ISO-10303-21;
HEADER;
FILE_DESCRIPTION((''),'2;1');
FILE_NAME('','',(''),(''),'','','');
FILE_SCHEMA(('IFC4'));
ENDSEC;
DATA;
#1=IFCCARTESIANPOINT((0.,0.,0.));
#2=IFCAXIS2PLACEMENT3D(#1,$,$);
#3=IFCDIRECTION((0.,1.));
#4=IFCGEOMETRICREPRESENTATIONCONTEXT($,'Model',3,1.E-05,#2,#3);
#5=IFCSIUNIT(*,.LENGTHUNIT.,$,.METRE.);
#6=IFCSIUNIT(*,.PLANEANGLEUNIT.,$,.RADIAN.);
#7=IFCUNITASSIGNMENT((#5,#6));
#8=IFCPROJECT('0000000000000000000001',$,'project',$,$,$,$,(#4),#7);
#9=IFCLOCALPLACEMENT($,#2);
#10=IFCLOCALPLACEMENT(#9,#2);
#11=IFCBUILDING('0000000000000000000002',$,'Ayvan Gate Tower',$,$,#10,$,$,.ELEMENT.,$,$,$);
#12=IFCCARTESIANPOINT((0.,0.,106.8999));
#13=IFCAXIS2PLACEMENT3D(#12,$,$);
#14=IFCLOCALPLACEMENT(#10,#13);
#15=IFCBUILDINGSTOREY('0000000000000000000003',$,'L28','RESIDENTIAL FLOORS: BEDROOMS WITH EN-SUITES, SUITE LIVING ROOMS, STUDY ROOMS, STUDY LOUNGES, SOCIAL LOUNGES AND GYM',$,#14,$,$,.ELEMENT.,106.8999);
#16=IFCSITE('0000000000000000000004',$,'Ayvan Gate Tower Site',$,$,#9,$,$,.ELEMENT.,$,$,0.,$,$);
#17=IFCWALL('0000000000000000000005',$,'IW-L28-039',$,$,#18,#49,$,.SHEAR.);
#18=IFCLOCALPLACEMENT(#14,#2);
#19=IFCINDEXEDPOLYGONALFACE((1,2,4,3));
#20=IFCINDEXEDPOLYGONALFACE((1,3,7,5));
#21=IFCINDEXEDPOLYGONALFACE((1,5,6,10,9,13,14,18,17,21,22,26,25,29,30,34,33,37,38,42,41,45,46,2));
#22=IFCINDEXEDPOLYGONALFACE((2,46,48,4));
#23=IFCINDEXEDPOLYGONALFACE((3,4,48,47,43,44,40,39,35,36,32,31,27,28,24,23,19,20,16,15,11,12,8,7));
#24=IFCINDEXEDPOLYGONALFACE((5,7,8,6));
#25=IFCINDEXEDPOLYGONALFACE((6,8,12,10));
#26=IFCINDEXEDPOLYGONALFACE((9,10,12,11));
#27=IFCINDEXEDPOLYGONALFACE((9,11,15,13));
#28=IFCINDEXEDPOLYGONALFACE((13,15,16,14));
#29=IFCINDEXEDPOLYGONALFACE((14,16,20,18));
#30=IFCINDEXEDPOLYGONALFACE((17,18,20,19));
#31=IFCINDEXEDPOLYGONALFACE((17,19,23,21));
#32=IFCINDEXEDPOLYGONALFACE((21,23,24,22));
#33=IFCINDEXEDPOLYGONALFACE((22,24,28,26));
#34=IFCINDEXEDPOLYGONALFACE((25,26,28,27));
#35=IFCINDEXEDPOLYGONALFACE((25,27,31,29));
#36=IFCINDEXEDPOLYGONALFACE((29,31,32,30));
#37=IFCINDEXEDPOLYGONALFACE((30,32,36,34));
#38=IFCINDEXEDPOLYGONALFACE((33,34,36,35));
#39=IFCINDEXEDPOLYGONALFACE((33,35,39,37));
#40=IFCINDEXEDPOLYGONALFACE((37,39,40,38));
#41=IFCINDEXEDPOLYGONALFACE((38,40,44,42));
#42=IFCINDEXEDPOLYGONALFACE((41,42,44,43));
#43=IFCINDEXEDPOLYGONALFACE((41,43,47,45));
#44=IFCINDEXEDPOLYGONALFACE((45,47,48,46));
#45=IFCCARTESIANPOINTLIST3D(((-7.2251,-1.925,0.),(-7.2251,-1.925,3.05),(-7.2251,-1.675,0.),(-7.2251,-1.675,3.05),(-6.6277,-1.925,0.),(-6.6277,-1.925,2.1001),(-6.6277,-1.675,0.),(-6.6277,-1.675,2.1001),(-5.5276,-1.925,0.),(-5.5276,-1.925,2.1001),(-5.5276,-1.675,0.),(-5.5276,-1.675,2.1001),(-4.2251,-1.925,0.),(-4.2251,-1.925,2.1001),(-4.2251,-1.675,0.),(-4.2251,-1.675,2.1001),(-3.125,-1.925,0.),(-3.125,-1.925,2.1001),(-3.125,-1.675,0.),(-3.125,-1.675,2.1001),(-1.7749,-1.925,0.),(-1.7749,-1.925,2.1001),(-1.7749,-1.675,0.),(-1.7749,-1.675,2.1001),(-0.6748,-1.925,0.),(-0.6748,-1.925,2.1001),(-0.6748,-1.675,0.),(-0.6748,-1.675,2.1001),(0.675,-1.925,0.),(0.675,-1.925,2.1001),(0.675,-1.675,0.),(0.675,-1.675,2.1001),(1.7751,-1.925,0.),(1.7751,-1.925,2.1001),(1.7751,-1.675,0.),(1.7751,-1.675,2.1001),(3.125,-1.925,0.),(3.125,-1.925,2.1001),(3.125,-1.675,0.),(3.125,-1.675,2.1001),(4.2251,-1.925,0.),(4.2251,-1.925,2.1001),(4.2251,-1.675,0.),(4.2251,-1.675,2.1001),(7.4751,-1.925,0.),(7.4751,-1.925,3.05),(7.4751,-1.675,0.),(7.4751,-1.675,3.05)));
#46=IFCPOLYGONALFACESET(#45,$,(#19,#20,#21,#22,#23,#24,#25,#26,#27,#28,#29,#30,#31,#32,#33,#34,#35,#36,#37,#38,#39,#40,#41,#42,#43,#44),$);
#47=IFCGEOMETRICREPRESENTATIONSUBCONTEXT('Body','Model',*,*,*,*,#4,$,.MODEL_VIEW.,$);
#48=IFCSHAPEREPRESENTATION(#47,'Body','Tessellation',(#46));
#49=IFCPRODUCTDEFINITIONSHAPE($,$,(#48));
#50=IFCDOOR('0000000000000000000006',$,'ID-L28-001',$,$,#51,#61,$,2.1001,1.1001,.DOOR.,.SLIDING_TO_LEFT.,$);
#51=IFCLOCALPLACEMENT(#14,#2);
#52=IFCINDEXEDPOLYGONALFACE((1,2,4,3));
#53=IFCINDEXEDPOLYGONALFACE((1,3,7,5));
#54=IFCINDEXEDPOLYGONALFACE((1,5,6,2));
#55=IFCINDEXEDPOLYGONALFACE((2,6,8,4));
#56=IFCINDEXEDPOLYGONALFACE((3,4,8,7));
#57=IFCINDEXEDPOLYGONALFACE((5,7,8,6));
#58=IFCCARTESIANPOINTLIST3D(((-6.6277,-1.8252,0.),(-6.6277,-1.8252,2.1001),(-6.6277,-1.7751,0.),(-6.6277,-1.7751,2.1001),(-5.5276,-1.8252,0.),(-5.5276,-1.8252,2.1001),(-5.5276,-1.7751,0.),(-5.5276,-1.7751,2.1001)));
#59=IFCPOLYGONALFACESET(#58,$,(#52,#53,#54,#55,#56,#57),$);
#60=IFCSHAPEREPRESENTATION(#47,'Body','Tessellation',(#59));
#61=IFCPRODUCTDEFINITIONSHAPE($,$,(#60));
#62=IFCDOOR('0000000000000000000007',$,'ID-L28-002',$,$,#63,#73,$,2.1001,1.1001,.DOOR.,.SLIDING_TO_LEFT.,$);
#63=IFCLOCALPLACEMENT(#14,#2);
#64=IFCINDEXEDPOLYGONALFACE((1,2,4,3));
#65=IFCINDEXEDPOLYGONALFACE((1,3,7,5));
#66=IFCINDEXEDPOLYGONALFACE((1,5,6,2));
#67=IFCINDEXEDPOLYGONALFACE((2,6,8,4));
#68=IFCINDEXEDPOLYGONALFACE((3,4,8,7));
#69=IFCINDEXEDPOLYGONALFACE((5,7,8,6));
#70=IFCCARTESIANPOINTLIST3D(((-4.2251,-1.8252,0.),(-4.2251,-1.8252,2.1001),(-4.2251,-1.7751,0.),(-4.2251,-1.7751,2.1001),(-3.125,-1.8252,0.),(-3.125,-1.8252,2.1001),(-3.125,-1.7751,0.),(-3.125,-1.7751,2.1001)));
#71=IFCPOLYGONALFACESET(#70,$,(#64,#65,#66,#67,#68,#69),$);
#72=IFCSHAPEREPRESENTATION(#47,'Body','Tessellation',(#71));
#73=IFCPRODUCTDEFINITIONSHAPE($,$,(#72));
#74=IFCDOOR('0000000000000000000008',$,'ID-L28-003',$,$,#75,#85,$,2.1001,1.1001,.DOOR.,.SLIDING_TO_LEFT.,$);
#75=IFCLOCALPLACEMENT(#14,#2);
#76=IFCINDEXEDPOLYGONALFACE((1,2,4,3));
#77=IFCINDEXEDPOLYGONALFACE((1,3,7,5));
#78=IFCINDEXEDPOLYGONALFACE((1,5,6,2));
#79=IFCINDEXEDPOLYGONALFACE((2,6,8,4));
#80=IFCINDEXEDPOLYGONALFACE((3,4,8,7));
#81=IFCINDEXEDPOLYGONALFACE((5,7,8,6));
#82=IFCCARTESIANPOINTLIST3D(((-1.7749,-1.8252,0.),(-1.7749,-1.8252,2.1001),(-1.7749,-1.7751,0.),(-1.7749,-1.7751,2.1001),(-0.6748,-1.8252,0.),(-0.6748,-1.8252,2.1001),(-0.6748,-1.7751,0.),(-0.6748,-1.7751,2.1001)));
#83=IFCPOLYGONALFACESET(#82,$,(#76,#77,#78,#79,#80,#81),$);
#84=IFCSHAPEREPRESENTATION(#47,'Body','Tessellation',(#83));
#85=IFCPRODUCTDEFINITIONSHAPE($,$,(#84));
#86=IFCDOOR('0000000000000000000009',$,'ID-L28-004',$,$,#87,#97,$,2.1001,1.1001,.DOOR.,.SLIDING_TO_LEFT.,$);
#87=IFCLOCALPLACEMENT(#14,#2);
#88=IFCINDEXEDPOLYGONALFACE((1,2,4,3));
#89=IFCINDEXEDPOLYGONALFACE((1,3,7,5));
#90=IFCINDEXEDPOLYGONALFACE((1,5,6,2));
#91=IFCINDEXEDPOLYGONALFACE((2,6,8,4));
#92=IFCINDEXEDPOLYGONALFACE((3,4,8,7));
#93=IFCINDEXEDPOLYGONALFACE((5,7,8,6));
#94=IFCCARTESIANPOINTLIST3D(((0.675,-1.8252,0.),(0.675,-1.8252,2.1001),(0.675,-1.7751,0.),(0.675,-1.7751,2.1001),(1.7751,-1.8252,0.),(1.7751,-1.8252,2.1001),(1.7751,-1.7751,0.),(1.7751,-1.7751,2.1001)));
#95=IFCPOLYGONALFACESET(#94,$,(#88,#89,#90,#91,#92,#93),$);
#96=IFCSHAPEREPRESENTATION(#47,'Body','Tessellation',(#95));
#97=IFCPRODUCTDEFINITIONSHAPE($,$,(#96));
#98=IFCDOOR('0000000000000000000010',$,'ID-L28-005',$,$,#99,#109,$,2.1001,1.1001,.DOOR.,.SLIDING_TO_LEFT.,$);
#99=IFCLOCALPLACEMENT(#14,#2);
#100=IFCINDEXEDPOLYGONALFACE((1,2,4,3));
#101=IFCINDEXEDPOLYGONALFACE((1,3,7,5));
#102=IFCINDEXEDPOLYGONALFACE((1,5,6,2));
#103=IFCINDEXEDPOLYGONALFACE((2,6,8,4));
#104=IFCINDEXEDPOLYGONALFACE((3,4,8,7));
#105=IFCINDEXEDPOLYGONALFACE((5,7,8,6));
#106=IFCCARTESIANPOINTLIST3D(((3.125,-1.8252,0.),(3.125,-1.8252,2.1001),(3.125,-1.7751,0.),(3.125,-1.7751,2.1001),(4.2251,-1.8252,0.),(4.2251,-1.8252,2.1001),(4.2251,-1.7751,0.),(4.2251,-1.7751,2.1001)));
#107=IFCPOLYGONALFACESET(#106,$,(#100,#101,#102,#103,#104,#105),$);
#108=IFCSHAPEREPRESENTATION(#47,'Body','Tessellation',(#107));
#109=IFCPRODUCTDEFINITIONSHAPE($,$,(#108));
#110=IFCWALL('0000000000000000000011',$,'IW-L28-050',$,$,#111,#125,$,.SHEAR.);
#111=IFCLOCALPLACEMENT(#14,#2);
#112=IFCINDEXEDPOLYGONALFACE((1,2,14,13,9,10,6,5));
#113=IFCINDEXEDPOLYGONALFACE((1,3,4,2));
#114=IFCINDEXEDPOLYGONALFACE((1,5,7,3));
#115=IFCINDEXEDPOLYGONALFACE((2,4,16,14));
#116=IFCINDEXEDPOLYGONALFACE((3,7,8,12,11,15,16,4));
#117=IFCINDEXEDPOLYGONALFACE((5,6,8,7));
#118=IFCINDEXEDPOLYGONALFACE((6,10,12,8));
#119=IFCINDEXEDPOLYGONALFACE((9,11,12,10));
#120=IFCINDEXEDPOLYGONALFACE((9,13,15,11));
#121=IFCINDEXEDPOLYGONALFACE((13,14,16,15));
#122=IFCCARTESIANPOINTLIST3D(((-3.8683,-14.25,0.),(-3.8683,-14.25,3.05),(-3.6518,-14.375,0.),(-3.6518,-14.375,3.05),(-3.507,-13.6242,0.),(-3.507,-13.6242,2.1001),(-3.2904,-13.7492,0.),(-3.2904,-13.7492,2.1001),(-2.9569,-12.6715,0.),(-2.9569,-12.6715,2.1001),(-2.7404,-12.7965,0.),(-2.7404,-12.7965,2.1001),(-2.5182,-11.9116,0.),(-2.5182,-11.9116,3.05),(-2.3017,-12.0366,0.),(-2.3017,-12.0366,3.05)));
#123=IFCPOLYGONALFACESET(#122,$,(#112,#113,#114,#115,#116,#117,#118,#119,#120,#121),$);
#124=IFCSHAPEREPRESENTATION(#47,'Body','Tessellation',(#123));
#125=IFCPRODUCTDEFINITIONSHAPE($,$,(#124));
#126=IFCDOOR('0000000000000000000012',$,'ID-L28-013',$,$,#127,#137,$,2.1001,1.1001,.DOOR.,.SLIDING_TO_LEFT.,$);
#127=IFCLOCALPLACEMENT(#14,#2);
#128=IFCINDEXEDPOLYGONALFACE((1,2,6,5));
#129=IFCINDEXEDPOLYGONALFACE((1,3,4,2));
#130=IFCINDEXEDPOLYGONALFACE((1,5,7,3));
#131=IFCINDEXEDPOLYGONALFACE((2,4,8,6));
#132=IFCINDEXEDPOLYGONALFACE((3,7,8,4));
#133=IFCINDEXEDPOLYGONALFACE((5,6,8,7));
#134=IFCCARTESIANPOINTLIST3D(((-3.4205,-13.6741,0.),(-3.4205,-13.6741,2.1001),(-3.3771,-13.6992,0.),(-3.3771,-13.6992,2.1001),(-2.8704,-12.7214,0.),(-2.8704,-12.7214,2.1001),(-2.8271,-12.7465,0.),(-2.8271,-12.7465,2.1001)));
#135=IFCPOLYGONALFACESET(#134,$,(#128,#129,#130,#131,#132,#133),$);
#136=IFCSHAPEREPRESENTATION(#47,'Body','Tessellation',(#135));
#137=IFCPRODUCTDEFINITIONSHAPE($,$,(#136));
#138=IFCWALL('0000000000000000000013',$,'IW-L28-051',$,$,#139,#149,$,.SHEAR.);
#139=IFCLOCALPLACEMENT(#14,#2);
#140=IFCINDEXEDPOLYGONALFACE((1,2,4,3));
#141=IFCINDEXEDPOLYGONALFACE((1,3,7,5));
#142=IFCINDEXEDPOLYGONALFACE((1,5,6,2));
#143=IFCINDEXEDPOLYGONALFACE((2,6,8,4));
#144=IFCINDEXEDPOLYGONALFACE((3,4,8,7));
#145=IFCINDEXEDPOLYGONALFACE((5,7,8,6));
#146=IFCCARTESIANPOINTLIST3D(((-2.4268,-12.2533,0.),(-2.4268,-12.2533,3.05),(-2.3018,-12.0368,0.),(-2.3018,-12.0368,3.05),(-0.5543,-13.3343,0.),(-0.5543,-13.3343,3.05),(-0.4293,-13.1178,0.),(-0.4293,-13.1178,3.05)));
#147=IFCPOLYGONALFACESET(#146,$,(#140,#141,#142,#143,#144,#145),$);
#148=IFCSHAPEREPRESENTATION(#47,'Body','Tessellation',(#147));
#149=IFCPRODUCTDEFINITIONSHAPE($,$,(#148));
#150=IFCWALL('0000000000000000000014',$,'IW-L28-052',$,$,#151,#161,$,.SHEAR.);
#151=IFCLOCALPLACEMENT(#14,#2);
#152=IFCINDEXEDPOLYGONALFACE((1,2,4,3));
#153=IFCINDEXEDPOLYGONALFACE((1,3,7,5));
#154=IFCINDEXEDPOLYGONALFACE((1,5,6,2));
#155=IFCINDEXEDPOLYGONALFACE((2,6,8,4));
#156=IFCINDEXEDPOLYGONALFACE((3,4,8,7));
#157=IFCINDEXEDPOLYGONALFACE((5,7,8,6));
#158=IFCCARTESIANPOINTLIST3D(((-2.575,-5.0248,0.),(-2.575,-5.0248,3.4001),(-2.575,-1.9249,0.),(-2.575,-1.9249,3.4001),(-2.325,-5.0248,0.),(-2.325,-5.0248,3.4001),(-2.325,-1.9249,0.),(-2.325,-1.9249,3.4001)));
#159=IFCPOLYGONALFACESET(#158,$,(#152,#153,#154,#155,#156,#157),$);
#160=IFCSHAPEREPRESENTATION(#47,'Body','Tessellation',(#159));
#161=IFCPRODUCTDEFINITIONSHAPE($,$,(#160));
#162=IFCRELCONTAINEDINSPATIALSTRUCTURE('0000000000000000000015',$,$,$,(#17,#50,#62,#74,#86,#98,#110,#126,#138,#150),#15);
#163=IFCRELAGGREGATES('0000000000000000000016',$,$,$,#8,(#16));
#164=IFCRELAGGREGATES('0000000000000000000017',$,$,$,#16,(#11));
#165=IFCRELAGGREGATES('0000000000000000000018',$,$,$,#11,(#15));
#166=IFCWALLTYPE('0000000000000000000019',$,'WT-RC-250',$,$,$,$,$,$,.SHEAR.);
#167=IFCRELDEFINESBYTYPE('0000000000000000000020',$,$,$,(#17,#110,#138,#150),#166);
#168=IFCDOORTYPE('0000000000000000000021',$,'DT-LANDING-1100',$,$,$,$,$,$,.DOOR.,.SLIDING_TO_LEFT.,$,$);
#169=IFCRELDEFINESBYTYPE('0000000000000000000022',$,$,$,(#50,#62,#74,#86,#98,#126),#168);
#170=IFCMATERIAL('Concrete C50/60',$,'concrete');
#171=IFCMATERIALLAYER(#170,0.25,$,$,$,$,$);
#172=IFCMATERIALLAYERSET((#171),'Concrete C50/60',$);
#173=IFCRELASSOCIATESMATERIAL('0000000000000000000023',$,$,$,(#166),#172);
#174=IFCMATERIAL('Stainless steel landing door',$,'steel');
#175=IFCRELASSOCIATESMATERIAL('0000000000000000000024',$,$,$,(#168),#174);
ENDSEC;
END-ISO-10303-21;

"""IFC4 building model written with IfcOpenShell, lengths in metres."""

from ifc_helpers import new_model, si_unit, direction, frame, frame_2d, origin, place, context, subcontext, project, spatial, rectangle, extrude, material, layer, layer_set, type_object, element, fill, save


model = new_model("IFC4")

# Units and contexts
model_context = context("Model", 3, precision=1e-05, world=origin(), true_north=direction((0.0, 1.0)))
body_context = subcontext(model_context, "Body", "Model", "MODEL_VIEW")
ifc_project = project(units=[si_unit("LENGTHUNIT", "METRE"), si_unit("PLANEANGLEUNIT", "RADIAN")], contexts=[model_context])

# Site, building, storey
site_placement = place(None, origin())
site = spatial("IfcSite", under=ifc_project, at=site_placement, Name="Ayvan Gate Tower Site", CompositionType="ELEMENT", RefElevation=0.0)
building_placement = place(site_placement, origin())
building = spatial("IfcBuilding", under=site, at=building_placement, Name="Ayvan Gate Tower", CompositionType="ELEMENT")
storey_placement = place(building_placement, frame((0.0, 0.0, 106.8999)))
storey = spatial("IfcBuildingStorey", under=building, at=storey_placement, Name="L28", Description="RESIDENTIAL FLOORS: BEDROOMS WITH EN-SUITES, SUITE LIVING ROOMS, STUDY ROOMS, STUDY LOUNGES, SOCIAL LOUNGES AND GYM", CompositionType="ELEMENT", Elevation=106.8999)

# Shared definitions
ifc_material_1 = material(Name="Concrete C50/60", Category="concrete")
ifc_layer_1 = layer(ifc_material_1, 0.25)
ifc_layer_set_1 = layer_set([ifc_layer_1], Name="Concrete C50/60")
wall_type_1 = type_object("IfcWallType", Name="WT-RC-250", PredefinedType="SHEAR", material=ifc_layer_set_1)

# Wall, openings, doors
wall_1_placement = place(storey_placement, frame((-7.2251, -1.8, 0.0), z_axis=(0.0, 0.0, 1.0), x_axis=(1.0, 0.0, 0.0)))
wall_1 = element("IfcWall", 1, at=wall_1_placement, inside=storey, type_object=wall_type_1, Name="IW-L28-039", PredefinedType="SHEAR", context=body_context, shape_type="SweptSolid", body=[
    extrude(rectangle(XDim=14.7002, YDim=0.25, at=frame_2d((7.3501, 0.0))), origin(), (0.0, 0.0, 1.0), 3.05),
])
opening_1_placement = place(wall_1_placement, frame((0.5974, 0.0, 0.0)))
opening_1 = element("IfcOpeningElement", 2, at=opening_1_placement, cuts=wall_1, PredefinedType="OPENING", context=body_context, shape_type="SweptSolid", body=[
    extrude(rectangle(XDim=1.1001, YDim=2.1001, at=frame_2d((0.55, 1.05))), frame((0.0, 0.135, 0.0), z_axis=(0.0, -1.0, 0.0), x_axis=(1.0, 0.0, 0.0)), (0.0, 0.0, 1.0), 0.27),
])
opening_2_placement = place(wall_1_placement, frame((3.0, 0.0, 0.0)))
opening_2 = element("IfcOpeningElement", 3, at=opening_2_placement, cuts=wall_1, PredefinedType="OPENING", context=body_context, shape_type="SweptSolid", body=[
    extrude(rectangle(XDim=1.1001, YDim=2.1001, at=frame_2d((0.55, 1.05))), frame((0.0, 0.135, 0.0), z_axis=(0.0, -1.0, 0.0), x_axis=(1.0, 0.0, 0.0)), (0.0, 0.0, 1.0), 0.27),
])
opening_3_placement = place(wall_1_placement, frame((5.4502, 0.0, 0.0)))
opening_3 = element("IfcOpeningElement", 4, at=opening_3_placement, cuts=wall_1, PredefinedType="OPENING", context=body_context, shape_type="SweptSolid", body=[
    extrude(rectangle(XDim=1.1001, YDim=2.1001, at=frame_2d((0.55, 1.05))), frame((0.0, 0.135, 0.0), z_axis=(0.0, -1.0, 0.0), x_axis=(1.0, 0.0, 0.0)), (0.0, 0.0, 1.0), 0.27),
])
opening_4_placement = place(wall_1_placement, frame((7.9001, 0.0, 0.0)))
opening_4 = element("IfcOpeningElement", 5, at=opening_4_placement, cuts=wall_1, PredefinedType="OPENING", context=body_context, shape_type="SweptSolid", body=[
    extrude(rectangle(XDim=1.1001, YDim=2.1001, at=frame_2d((0.55, 1.05))), frame((0.0, 0.135, 0.0), z_axis=(0.0, -1.0, 0.0), x_axis=(1.0, 0.0, 0.0)), (0.0, 0.0, 1.0), 0.27),
])
opening_5_placement = place(wall_1_placement, frame((10.3501, 0.0, 0.0)))
opening_5 = element("IfcOpeningElement", 6, at=opening_5_placement, cuts=wall_1, PredefinedType="OPENING", context=body_context, shape_type="SweptSolid", body=[
    extrude(rectangle(XDim=1.1001, YDim=2.1001, at=frame_2d((0.55, 1.05))), frame((0.0, 0.135, 0.0), z_axis=(0.0, -1.0, 0.0), x_axis=(1.0, 0.0, 0.0)), (0.0, 0.0, 1.0), 0.27),
])
ifc_material_2 = material(Name="Stainless steel landing door", Category="steel")
door_type_1 = type_object("IfcDoorType", Name="DT-LANDING-1100", OperationType="SLIDING_TO_LEFT", PredefinedType="DOOR", material=ifc_material_2)
door_1_placement = place(opening_1_placement, origin())
door_1 = element("IfcDoor", 7, at=door_1_placement, inside=storey, type_object=door_type_1, Name="ID-L28-001", OperationType="SLIDING_TO_LEFT", OverallHeight=2.1001, OverallWidth=1.1001, PredefinedType="DOOR", context=body_context, shape_type="SweptSolid", body=[
    extrude(rectangle(XDim=1.1001, YDim=2.1001, at=frame_2d((0.55, 1.05))), frame((0.0, 0.0249, 0.0), z_axis=(0.0, -1.0, 0.0), x_axis=(1.0, 0.0, 0.0)), (0.0, 0.0, 1.0), 0.05),
])
fill(opening_1, door_1)
door_2_placement = place(opening_2_placement, origin())
door_2 = element("IfcDoor", 8, at=door_2_placement, inside=storey, type_object=door_type_1, Name="ID-L28-002", OperationType="SLIDING_TO_LEFT", OverallHeight=2.1001, OverallWidth=1.1001, PredefinedType="DOOR", context=body_context, shape_type="SweptSolid", body=[
    extrude(rectangle(XDim=1.1001, YDim=2.1001, at=frame_2d((0.55, 1.05))), frame((0.0, 0.0249, 0.0), z_axis=(0.0, -1.0, 0.0), x_axis=(1.0, 0.0, 0.0)), (0.0, 0.0, 1.0), 0.05),
])
fill(opening_2, door_2)
door_3_placement = place(opening_3_placement, origin())
door_3 = element("IfcDoor", 9, at=door_3_placement, inside=storey, type_object=door_type_1, Name="ID-L28-003", OperationType="SLIDING_TO_LEFT", OverallHeight=2.1001, OverallWidth=1.1001, PredefinedType="DOOR", context=body_context, shape_type="SweptSolid", body=[
    extrude(rectangle(XDim=1.1001, YDim=2.1001, at=frame_2d((0.55, 1.05))), frame((0.0, 0.0249, 0.0), z_axis=(0.0, -1.0, 0.0), x_axis=(1.0, 0.0, 0.0)), (0.0, 0.0, 1.0), 0.05),
])
fill(opening_3, door_3)
door_4_placement = place(opening_4_placement, origin())
door_4 = element("IfcDoor", 10, at=door_4_placement, inside=storey, type_object=door_type_1, Name="ID-L28-004", OperationType="SLIDING_TO_LEFT", OverallHeight=2.1001, OverallWidth=1.1001, PredefinedType="DOOR", context=body_context, shape_type="SweptSolid", body=[
    extrude(rectangle(XDim=1.1001, YDim=2.1001, at=frame_2d((0.55, 1.05))), frame((0.0, 0.0249, 0.0), z_axis=(0.0, -1.0, 0.0), x_axis=(1.0, 0.0, 0.0)), (0.0, 0.0, 1.0), 0.05),
])
fill(opening_4, door_4)
door_5_placement = place(opening_5_placement, origin())
door_5 = element("IfcDoor", 11, at=door_5_placement, inside=storey, type_object=door_type_1, Name="ID-L28-005", OperationType="SLIDING_TO_LEFT", OverallHeight=2.1001, OverallWidth=1.1001, PredefinedType="DOOR", context=body_context, shape_type="SweptSolid", body=[
    extrude(rectangle(XDim=1.1001, YDim=2.1001, at=frame_2d((0.55, 1.05))), frame((0.0, 0.0249, 0.0), z_axis=(0.0, -1.0, 0.0), x_axis=(1.0, 0.0, 0.0)), (0.0, 0.0, 1.0), 0.05),
])
fill(opening_5, door_5)

# Wall, opening, door
wall_2_placement = place(storey_placement, frame((-2.4099, -11.9741, 0.0), z_axis=(0.0, 0.0, 1.0), x_axis=(-0.500009, -0.86602, 0.0)))
wall_2 = element("IfcWall", 12, at=wall_2_placement, inside=storey, type_object=wall_type_1, Name="IW-L28-050", PredefinedType="SHEAR", context=body_context, shape_type="SweptSolid", body=[
    extrude(rectangle(XDim=2.7002, YDim=0.25, at=frame_2d((1.3501, 0.0))), origin(), (0.0, 0.0, 1.0), 3.05),
])
opening_6_placement = place(wall_2_placement, frame((0.8774, 0.0, 0.0)))
opening_6 = element("IfcOpeningElement", 13, at=opening_6_placement, cuts=wall_2, PredefinedType="OPENING", context=body_context, shape_type="SweptSolid", body=[
    extrude(rectangle(XDim=1.1001, YDim=2.1001, at=frame_2d((0.55, 1.05))), frame((0.0, 0.135, 0.0), z_axis=(0.0, -1.0, 0.0), x_axis=(1.0, 0.0, 0.0)), (0.0, 0.0, 1.0), 0.27),
])
door_6_placement = place(opening_6_placement, origin())
door_6 = element("IfcDoor", 14, at=door_6_placement, inside=storey, type_object=door_type_1, Name="ID-L28-013", OperationType="SLIDING_TO_LEFT", OverallHeight=2.1001, OverallWidth=1.1001, PredefinedType="DOOR", context=body_context, shape_type="SweptSolid", body=[
    extrude(rectangle(XDim=1.1001, YDim=2.1001, at=frame_2d((0.55, 1.05))), frame((0.0, 0.0249, 0.0), z_axis=(0.0, -1.0, 0.0), x_axis=(1.0, 0.0, 0.0)), (0.0, 0.0, 1.0), 0.05),
])
fill(opening_6, door_6)

# Walls
wall_3_placement = place(storey_placement, frame((-2.3643, -12.145, 0.0), z_axis=(0.0, 0.0, 1.0), x_axis=(0.866039, -0.499977, 0.0)))
element("IfcWall", 15, at=wall_3_placement, inside=storey, type_object=wall_type_1, Name="IW-L28-051", PredefinedType="SHEAR", context=body_context, shape_type="SweptSolid", body=[
    extrude(rectangle(XDim=2.1621, YDim=0.25, at=frame_2d((1.0811, 0.0))), origin(), (0.0, 0.0, 1.0), 3.05),
])
wall_4_placement = place(storey_placement, frame((-2.45, -1.925, 0.0), z_axis=(0.0, 0.0, 1.0), x_axis=(0.0, -1.0, 0.0)))
element("IfcWall", 16, at=wall_4_placement, inside=storey, type_object=wall_type_1, Name="IW-L28-052", PredefinedType="SHEAR", context=body_context, shape_type="SweptSolid", body=[
    extrude(rectangle(XDim=3.0999, YDim=0.25, at=frame_2d((1.5498, 0.0))), origin(), (0.0, 0.0, 1.0), 3.4001),
])

save(model, "model.ifc")
